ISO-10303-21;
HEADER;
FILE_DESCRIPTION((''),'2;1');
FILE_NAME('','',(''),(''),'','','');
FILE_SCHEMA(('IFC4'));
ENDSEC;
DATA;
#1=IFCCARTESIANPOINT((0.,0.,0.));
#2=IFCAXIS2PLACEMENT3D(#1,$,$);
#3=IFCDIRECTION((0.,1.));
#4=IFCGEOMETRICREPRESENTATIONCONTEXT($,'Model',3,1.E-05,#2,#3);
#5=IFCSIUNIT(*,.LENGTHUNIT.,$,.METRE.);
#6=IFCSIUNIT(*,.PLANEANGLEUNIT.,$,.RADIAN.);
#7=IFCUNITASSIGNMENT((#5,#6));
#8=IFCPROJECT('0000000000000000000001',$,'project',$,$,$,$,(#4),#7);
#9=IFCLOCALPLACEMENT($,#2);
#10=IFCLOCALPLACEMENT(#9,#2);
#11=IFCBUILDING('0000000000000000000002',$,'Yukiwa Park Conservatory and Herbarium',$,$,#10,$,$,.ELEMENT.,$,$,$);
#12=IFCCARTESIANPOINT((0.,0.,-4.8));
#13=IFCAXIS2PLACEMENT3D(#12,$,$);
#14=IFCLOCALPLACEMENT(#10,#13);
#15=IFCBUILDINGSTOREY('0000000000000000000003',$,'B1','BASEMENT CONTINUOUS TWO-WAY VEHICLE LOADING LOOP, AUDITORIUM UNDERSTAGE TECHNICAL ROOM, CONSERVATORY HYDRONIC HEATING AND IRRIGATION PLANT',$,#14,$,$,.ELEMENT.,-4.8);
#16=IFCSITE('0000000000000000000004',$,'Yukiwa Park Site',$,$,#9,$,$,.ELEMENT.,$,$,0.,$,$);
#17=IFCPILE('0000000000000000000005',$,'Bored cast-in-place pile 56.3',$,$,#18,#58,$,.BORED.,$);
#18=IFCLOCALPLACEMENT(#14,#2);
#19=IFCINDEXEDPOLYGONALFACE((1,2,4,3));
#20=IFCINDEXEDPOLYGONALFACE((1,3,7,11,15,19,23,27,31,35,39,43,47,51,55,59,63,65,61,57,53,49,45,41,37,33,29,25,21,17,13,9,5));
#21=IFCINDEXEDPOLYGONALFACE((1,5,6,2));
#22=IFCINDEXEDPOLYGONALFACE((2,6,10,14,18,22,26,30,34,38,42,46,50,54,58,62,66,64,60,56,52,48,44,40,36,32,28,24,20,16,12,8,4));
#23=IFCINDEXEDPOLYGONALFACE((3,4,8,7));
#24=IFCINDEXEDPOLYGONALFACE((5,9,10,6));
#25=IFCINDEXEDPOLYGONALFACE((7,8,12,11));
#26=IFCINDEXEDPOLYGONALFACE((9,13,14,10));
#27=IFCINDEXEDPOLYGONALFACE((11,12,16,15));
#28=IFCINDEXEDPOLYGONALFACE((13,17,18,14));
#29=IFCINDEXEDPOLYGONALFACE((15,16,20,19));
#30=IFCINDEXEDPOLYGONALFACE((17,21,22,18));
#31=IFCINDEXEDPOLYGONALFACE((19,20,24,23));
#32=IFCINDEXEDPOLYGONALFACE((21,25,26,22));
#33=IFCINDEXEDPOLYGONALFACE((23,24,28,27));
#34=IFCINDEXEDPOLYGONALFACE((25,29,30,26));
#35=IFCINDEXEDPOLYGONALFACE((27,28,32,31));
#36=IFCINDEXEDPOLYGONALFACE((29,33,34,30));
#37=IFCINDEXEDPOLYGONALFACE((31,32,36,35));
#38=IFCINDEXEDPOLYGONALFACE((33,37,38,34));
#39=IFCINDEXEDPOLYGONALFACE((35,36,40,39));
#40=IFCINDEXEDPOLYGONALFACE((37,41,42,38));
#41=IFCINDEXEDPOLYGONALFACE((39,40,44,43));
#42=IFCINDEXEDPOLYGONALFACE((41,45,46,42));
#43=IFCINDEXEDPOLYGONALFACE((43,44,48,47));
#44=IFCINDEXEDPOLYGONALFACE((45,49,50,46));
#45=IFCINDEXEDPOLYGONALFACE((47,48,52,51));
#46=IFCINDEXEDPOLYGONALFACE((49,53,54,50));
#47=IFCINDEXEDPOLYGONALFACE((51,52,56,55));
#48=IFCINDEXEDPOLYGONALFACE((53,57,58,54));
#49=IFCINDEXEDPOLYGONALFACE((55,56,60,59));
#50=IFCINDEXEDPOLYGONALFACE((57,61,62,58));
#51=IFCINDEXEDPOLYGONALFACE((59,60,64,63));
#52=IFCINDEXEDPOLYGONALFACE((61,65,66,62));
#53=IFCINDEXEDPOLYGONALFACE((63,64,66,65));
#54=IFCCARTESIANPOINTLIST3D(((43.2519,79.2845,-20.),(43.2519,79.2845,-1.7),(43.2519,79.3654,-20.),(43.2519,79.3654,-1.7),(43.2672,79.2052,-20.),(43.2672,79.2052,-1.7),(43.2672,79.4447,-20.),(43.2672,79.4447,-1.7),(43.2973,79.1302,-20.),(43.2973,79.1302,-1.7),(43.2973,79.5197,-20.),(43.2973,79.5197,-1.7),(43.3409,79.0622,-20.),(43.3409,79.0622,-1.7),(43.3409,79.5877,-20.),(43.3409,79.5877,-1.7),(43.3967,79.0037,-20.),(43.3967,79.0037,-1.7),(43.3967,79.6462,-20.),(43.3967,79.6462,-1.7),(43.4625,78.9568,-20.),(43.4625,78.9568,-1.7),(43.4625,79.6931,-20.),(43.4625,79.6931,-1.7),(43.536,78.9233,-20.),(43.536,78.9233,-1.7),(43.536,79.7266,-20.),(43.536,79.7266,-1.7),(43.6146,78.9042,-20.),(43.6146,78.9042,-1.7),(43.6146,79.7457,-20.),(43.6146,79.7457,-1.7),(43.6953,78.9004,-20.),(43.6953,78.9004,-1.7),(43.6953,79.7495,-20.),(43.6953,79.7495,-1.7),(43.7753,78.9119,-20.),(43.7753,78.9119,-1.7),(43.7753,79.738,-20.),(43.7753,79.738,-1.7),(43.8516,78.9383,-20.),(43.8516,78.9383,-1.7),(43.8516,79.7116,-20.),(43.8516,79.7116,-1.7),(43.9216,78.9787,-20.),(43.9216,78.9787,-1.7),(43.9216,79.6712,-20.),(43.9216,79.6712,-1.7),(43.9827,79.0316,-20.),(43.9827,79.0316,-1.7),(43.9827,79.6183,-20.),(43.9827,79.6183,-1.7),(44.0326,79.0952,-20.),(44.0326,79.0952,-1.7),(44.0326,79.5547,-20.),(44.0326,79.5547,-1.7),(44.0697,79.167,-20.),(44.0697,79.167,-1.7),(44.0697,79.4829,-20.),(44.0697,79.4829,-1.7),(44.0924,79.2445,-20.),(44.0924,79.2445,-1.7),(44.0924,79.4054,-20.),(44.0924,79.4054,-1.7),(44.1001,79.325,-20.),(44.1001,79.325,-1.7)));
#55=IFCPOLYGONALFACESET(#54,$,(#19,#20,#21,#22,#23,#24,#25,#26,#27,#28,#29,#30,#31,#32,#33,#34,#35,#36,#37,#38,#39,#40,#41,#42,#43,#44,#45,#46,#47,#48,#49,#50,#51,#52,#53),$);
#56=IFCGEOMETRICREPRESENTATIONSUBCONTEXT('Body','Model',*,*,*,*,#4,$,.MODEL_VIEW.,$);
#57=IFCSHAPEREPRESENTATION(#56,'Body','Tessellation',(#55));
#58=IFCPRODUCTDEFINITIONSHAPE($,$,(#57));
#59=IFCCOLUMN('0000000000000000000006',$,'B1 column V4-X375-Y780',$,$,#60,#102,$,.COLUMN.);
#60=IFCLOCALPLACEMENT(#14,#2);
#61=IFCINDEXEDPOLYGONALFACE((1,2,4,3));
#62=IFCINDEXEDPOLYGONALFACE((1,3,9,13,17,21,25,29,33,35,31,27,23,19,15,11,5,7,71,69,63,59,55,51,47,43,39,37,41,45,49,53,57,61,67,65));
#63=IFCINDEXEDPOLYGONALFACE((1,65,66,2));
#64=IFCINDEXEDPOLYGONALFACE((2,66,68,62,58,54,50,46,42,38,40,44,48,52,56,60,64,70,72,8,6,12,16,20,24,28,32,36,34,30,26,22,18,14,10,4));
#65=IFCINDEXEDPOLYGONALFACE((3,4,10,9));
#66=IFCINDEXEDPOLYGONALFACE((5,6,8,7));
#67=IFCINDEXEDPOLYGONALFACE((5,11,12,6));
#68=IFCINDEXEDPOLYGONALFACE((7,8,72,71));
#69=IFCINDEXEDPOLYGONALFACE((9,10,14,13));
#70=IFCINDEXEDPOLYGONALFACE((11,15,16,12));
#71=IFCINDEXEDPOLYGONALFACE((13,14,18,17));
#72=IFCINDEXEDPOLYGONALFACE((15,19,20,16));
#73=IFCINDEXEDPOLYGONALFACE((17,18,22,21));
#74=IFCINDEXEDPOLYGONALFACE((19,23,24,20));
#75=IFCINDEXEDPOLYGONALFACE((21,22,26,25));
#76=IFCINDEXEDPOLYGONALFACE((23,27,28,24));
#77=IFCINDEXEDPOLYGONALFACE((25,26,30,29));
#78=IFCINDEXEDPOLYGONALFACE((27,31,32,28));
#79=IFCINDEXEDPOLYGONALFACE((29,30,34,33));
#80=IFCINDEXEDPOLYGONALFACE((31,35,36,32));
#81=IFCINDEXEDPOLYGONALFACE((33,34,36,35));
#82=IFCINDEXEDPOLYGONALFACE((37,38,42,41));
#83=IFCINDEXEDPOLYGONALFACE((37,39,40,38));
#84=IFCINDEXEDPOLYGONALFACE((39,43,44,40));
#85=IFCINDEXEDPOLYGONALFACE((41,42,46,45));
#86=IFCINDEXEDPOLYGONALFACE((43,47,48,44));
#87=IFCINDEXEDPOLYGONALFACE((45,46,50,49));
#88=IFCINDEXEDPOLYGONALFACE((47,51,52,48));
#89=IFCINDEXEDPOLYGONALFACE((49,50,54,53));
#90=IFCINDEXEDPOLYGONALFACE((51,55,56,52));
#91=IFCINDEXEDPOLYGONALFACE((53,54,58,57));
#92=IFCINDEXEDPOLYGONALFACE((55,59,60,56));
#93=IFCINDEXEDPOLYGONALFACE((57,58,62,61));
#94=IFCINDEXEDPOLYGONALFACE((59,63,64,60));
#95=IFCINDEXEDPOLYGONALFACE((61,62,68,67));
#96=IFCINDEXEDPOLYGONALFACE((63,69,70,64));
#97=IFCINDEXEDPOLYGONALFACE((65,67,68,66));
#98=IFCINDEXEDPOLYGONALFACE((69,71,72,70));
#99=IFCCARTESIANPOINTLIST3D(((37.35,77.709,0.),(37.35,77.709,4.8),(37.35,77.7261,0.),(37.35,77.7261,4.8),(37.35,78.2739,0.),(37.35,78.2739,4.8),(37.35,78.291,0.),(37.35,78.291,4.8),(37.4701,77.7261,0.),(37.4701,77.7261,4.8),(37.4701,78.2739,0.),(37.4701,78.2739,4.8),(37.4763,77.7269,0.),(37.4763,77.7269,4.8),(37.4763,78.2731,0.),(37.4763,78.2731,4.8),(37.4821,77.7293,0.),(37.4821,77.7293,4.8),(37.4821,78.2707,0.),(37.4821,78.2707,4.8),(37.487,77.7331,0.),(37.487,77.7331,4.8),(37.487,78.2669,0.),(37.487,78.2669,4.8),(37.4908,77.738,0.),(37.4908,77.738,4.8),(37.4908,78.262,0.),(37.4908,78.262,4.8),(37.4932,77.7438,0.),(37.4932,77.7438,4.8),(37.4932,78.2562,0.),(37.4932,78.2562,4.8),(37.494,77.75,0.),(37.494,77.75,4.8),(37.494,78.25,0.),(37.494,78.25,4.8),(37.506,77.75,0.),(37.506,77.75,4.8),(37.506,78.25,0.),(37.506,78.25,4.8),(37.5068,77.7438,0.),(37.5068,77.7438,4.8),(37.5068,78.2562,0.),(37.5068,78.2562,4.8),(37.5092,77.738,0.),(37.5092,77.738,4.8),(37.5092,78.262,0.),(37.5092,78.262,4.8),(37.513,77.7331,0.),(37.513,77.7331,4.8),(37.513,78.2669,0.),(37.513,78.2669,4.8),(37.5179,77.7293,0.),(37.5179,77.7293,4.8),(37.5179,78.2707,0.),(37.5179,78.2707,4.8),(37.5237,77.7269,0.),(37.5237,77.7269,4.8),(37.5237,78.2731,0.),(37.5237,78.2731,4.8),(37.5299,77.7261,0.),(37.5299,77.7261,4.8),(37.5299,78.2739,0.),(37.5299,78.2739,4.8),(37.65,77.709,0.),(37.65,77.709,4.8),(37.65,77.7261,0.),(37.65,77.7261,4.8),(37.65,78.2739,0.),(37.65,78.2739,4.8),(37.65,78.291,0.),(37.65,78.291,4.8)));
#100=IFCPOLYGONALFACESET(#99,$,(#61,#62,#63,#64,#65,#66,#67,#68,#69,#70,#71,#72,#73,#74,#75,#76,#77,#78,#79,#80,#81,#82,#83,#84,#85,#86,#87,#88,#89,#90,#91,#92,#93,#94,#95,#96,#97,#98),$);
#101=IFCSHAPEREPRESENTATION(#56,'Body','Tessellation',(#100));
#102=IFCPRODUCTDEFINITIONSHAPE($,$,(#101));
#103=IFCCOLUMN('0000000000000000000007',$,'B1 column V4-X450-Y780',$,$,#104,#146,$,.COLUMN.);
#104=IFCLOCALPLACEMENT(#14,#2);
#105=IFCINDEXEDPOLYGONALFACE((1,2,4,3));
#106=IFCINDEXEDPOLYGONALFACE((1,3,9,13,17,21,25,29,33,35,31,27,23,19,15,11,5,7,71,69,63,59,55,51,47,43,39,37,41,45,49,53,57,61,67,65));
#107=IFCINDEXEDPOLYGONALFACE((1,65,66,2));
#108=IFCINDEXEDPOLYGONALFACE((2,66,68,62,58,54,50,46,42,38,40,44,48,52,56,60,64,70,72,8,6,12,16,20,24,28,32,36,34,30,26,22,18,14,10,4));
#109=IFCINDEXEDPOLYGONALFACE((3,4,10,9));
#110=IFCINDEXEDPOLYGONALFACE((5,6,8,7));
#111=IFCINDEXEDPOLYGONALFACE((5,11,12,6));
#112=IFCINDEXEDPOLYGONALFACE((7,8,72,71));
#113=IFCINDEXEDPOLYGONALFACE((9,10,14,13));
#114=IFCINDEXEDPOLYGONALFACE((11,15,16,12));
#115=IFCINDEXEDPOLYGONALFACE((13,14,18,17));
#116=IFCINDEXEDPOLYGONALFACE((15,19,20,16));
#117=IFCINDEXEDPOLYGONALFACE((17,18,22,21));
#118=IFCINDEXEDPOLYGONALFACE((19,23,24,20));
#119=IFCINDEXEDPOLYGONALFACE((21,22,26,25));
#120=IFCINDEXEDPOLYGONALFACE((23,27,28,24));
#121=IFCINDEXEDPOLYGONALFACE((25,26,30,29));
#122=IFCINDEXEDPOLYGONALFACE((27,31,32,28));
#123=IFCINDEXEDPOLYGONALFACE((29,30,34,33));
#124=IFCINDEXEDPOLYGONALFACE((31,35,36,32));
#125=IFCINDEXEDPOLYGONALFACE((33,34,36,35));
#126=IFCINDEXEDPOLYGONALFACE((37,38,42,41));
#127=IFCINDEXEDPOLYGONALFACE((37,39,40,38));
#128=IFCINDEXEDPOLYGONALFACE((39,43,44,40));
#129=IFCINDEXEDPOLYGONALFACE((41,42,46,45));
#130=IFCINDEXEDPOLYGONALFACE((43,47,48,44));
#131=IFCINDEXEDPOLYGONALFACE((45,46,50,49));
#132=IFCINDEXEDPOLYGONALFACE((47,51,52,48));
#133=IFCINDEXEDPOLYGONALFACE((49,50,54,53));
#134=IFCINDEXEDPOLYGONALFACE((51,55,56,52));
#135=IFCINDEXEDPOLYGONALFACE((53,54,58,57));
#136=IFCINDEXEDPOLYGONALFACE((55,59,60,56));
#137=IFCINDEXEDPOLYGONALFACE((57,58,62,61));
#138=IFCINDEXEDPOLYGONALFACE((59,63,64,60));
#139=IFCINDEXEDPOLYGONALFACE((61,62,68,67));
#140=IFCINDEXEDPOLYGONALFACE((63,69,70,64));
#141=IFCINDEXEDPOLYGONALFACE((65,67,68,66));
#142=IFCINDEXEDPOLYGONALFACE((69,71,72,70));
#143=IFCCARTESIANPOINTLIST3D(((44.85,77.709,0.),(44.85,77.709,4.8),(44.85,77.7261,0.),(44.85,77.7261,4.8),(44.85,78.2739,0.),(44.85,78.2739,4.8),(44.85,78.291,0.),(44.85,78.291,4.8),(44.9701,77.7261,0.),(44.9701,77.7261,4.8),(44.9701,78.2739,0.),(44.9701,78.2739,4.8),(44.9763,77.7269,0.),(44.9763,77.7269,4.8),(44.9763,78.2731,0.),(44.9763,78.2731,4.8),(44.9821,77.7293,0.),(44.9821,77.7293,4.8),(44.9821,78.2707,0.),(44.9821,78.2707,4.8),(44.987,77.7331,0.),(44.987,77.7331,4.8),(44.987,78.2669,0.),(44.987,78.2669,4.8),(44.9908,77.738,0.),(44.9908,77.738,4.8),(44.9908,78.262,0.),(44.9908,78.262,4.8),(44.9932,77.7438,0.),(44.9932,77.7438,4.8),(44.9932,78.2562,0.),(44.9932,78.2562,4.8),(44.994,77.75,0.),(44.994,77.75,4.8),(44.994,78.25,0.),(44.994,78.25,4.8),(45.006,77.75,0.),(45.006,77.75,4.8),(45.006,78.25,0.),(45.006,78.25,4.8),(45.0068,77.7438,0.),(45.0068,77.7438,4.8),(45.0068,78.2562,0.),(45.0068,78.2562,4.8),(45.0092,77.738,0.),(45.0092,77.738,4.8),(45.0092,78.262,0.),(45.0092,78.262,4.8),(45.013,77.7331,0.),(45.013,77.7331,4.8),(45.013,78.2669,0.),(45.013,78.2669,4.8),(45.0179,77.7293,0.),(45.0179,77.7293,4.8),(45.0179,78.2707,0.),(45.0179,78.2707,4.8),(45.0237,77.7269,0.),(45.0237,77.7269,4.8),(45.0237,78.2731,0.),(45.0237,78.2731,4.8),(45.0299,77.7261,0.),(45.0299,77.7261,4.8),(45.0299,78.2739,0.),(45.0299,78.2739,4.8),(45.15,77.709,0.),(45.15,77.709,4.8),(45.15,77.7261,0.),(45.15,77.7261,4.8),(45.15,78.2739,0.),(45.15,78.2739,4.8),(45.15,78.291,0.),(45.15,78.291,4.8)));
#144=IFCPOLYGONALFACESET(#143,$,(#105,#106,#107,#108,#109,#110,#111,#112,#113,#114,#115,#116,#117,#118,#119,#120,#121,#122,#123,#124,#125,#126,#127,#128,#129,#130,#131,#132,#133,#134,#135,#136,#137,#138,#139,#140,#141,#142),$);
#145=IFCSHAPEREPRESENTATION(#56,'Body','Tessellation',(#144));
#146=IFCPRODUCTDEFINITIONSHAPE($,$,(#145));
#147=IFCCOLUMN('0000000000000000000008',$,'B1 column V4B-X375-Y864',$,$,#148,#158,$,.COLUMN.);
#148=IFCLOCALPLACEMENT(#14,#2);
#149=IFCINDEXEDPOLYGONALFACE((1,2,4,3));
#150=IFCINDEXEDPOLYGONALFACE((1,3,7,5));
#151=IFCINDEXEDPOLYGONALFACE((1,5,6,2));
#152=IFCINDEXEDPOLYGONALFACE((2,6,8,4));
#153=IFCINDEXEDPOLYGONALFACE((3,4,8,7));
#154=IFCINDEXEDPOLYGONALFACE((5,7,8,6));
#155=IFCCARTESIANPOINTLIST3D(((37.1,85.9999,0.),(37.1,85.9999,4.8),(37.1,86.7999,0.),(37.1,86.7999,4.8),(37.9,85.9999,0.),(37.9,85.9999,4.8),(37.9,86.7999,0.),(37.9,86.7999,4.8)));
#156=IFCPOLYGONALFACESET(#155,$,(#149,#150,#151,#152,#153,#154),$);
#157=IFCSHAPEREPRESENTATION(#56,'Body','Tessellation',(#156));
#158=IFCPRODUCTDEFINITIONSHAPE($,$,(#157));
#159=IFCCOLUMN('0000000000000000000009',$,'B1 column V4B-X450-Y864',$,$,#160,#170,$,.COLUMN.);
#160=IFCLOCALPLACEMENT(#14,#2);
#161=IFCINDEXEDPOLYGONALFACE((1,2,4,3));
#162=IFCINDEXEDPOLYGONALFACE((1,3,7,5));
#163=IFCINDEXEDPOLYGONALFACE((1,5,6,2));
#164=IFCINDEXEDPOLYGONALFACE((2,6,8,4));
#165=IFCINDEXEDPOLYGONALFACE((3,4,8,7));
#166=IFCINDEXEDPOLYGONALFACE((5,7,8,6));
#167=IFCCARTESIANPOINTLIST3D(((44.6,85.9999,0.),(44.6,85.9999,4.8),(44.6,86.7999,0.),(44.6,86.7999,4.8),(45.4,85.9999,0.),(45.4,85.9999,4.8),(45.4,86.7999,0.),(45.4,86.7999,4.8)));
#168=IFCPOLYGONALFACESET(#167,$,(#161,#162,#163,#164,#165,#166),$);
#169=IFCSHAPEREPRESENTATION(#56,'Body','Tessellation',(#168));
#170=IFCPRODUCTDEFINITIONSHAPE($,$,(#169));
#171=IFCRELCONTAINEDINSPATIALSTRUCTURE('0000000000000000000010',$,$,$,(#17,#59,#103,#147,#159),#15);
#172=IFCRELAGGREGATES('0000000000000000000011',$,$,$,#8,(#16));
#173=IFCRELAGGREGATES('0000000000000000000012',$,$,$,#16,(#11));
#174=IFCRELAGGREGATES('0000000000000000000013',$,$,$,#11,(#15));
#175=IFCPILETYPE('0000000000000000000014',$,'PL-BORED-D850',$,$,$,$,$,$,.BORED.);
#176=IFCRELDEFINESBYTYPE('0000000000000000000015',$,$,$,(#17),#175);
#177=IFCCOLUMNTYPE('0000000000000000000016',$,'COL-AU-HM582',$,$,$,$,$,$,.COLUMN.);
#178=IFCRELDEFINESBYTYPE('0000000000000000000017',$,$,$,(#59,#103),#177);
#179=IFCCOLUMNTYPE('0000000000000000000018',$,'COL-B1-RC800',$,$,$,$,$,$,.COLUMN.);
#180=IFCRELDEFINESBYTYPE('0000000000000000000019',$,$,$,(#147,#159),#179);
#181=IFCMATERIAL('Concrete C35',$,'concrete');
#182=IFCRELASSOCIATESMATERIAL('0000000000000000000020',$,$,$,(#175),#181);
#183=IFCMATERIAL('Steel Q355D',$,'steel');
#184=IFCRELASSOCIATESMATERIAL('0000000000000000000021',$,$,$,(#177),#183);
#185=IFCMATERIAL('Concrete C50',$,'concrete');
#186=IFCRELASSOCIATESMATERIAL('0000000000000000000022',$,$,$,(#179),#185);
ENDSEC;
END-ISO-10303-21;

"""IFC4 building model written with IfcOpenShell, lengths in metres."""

from ifc_helpers import new_model, si_unit, direction, frame, origin, origin_2d, place, context, subcontext, project, spatial, rectangle, circle, i_section, extrude, material, material_profile, profile_set, type_object, element, save


model = new_model("IFC4")

# Units and contexts
model_context = context("Model", 3, precision=1e-05, world=origin(), true_north=direction((0.0, 1.0)))
body_context = subcontext(model_context, "Body", "Model", "MODEL_VIEW")
ifc_project = project(units=[si_unit("LENGTHUNIT", "METRE"), si_unit("PLANEANGLEUNIT", "RADIAN")], contexts=[model_context])

# Site, building, storey
site_placement = place(None, origin())
site = spatial("IfcSite", under=ifc_project, at=site_placement, Name="Yukiwa Park Site", CompositionType="ELEMENT", RefElevation=0.0)
building_placement = place(site_placement, origin())
building = spatial("IfcBuilding", under=site, at=building_placement, Name="Yukiwa Park Conservatory and Herbarium", CompositionType="ELEMENT")
storey_placement = place(building_placement, frame((0.0, 0.0, -4.8)))
storey = spatial("IfcBuildingStorey", under=building, at=storey_placement, Name="B1", Description="BASEMENT CONTINUOUS TWO-WAY VEHICLE LOADING LOOP, AUDITORIUM UNDERSTAGE TECHNICAL ROOM, CONSERVATORY HYDRONIC HEATING AND IRRIGATION PLANT", CompositionType="ELEMENT", Elevation=-4.8)

# Pile
ifc_material_1 = material(Name="Concrete C35", Category="concrete")
ifc_material_profile_1 = material_profile(ifc_material_1, circle(Radius=0.425, at=origin_2d()), Name="PILE D850")
ifc_profile_set_1 = profile_set([ifc_material_profile_1], Name="Concrete C35")
pile_type_1 = type_object("IfcPileType", Name="PL-BORED-D850", PredefinedType="BORED", material=ifc_profile_set_1)
for number, where, z_axis, x_axis, name in (
    (1, (43.675, 79.325, -1.7), (0.0, 0.0, -1.0), (1.0, 0.0, 0.0), "Bored cast-in-place pile 56.3"),
):
    element("IfcPile", number, at=place(storey_placement, frame(where, z_axis=z_axis, x_axis=x_axis)), inside=storey, type_object=pile_type_1, Name=name, PredefinedType="BORED", context=body_context, shape_type="SweptSolid", body=[
        extrude(circle(Radius=0.425, at=origin_2d()), origin(), (0.0, 0.0, 1.0), 18.3),
    ])

# Columns
ifc_material_2 = material(Name="Steel Q355D", Category="steel")
ifc_material_profile_2 = material_profile(ifc_material_2, i_section(OverallWidth=0.3, OverallDepth=0.582, WebThickness=0.012, FlangeThickness=0.0171, FilletRadius=0.0239, at=origin_2d()), Name="HM 582x300x12x17")
ifc_profile_set_2 = profile_set([ifc_material_profile_2], Name="Steel Q355D")
column_type_1 = type_object("IfcColumnType", Name="COL-AU-HM582", PredefinedType="COLUMN", material=ifc_profile_set_2)
for number, where, z_axis, x_axis, name in (
    (2, (37.5, 78.0, 0.0), (0.0, 0.0, 1.0), (1.0, 0.0, 0.0), "B1 column V4-X375-Y780"),
    (3, (45.0, 78.0, 0.0), (0.0, 0.0, 1.0), (1.0, 0.0, 0.0), "B1 column V4-X450-Y780"),
):
    element("IfcColumn", number, at=place(storey_placement, frame(where, z_axis=z_axis, x_axis=x_axis)), inside=storey, type_object=column_type_1, Name=name, PredefinedType="COLUMN", context=body_context, shape_type="SweptSolid", body=[
        extrude(i_section(OverallWidth=0.3, OverallDepth=0.582, WebThickness=0.012, FlangeThickness=0.0171, FilletRadius=0.0239, at=origin_2d()), origin(), (0.0, 0.0, 1.0), 4.8),
    ])
ifc_material_3 = material(Name="Concrete C50", Category="concrete")
ifc_material_profile_3 = material_profile(ifc_material_3, rectangle(XDim=0.8, YDim=0.8, at=origin_2d()), Name="RC 800x800")
ifc_profile_set_3 = profile_set([ifc_material_profile_3], Name="Concrete C50")
column_type_2 = type_object("IfcColumnType", Name="COL-B1-RC800", PredefinedType="COLUMN", material=ifc_profile_set_3)
for number, where, z_axis, x_axis, name in (
    (4, (37.5, 86.3999, 0.0), (0.0, 0.0, 1.0), (1.0, 0.0, 0.0), "B1 column V4B-X375-Y864"),
    (5, (45.0, 86.3999, 0.0), (0.0, 0.0, 1.0), (1.0, 0.0, 0.0), "B1 column V4B-X450-Y864"),
):
    element("IfcColumn", number, at=place(storey_placement, frame(where, z_axis=z_axis, x_axis=x_axis)), inside=storey, type_object=column_type_2, Name=name, PredefinedType="COLUMN", context=body_context, shape_type="SweptSolid", body=[
        extrude(rectangle(XDim=0.8, YDim=0.8, at=origin_2d()), origin(), (0.0, 0.0, 1.0), 4.8),
    ])

save(model, "model.ifc")
